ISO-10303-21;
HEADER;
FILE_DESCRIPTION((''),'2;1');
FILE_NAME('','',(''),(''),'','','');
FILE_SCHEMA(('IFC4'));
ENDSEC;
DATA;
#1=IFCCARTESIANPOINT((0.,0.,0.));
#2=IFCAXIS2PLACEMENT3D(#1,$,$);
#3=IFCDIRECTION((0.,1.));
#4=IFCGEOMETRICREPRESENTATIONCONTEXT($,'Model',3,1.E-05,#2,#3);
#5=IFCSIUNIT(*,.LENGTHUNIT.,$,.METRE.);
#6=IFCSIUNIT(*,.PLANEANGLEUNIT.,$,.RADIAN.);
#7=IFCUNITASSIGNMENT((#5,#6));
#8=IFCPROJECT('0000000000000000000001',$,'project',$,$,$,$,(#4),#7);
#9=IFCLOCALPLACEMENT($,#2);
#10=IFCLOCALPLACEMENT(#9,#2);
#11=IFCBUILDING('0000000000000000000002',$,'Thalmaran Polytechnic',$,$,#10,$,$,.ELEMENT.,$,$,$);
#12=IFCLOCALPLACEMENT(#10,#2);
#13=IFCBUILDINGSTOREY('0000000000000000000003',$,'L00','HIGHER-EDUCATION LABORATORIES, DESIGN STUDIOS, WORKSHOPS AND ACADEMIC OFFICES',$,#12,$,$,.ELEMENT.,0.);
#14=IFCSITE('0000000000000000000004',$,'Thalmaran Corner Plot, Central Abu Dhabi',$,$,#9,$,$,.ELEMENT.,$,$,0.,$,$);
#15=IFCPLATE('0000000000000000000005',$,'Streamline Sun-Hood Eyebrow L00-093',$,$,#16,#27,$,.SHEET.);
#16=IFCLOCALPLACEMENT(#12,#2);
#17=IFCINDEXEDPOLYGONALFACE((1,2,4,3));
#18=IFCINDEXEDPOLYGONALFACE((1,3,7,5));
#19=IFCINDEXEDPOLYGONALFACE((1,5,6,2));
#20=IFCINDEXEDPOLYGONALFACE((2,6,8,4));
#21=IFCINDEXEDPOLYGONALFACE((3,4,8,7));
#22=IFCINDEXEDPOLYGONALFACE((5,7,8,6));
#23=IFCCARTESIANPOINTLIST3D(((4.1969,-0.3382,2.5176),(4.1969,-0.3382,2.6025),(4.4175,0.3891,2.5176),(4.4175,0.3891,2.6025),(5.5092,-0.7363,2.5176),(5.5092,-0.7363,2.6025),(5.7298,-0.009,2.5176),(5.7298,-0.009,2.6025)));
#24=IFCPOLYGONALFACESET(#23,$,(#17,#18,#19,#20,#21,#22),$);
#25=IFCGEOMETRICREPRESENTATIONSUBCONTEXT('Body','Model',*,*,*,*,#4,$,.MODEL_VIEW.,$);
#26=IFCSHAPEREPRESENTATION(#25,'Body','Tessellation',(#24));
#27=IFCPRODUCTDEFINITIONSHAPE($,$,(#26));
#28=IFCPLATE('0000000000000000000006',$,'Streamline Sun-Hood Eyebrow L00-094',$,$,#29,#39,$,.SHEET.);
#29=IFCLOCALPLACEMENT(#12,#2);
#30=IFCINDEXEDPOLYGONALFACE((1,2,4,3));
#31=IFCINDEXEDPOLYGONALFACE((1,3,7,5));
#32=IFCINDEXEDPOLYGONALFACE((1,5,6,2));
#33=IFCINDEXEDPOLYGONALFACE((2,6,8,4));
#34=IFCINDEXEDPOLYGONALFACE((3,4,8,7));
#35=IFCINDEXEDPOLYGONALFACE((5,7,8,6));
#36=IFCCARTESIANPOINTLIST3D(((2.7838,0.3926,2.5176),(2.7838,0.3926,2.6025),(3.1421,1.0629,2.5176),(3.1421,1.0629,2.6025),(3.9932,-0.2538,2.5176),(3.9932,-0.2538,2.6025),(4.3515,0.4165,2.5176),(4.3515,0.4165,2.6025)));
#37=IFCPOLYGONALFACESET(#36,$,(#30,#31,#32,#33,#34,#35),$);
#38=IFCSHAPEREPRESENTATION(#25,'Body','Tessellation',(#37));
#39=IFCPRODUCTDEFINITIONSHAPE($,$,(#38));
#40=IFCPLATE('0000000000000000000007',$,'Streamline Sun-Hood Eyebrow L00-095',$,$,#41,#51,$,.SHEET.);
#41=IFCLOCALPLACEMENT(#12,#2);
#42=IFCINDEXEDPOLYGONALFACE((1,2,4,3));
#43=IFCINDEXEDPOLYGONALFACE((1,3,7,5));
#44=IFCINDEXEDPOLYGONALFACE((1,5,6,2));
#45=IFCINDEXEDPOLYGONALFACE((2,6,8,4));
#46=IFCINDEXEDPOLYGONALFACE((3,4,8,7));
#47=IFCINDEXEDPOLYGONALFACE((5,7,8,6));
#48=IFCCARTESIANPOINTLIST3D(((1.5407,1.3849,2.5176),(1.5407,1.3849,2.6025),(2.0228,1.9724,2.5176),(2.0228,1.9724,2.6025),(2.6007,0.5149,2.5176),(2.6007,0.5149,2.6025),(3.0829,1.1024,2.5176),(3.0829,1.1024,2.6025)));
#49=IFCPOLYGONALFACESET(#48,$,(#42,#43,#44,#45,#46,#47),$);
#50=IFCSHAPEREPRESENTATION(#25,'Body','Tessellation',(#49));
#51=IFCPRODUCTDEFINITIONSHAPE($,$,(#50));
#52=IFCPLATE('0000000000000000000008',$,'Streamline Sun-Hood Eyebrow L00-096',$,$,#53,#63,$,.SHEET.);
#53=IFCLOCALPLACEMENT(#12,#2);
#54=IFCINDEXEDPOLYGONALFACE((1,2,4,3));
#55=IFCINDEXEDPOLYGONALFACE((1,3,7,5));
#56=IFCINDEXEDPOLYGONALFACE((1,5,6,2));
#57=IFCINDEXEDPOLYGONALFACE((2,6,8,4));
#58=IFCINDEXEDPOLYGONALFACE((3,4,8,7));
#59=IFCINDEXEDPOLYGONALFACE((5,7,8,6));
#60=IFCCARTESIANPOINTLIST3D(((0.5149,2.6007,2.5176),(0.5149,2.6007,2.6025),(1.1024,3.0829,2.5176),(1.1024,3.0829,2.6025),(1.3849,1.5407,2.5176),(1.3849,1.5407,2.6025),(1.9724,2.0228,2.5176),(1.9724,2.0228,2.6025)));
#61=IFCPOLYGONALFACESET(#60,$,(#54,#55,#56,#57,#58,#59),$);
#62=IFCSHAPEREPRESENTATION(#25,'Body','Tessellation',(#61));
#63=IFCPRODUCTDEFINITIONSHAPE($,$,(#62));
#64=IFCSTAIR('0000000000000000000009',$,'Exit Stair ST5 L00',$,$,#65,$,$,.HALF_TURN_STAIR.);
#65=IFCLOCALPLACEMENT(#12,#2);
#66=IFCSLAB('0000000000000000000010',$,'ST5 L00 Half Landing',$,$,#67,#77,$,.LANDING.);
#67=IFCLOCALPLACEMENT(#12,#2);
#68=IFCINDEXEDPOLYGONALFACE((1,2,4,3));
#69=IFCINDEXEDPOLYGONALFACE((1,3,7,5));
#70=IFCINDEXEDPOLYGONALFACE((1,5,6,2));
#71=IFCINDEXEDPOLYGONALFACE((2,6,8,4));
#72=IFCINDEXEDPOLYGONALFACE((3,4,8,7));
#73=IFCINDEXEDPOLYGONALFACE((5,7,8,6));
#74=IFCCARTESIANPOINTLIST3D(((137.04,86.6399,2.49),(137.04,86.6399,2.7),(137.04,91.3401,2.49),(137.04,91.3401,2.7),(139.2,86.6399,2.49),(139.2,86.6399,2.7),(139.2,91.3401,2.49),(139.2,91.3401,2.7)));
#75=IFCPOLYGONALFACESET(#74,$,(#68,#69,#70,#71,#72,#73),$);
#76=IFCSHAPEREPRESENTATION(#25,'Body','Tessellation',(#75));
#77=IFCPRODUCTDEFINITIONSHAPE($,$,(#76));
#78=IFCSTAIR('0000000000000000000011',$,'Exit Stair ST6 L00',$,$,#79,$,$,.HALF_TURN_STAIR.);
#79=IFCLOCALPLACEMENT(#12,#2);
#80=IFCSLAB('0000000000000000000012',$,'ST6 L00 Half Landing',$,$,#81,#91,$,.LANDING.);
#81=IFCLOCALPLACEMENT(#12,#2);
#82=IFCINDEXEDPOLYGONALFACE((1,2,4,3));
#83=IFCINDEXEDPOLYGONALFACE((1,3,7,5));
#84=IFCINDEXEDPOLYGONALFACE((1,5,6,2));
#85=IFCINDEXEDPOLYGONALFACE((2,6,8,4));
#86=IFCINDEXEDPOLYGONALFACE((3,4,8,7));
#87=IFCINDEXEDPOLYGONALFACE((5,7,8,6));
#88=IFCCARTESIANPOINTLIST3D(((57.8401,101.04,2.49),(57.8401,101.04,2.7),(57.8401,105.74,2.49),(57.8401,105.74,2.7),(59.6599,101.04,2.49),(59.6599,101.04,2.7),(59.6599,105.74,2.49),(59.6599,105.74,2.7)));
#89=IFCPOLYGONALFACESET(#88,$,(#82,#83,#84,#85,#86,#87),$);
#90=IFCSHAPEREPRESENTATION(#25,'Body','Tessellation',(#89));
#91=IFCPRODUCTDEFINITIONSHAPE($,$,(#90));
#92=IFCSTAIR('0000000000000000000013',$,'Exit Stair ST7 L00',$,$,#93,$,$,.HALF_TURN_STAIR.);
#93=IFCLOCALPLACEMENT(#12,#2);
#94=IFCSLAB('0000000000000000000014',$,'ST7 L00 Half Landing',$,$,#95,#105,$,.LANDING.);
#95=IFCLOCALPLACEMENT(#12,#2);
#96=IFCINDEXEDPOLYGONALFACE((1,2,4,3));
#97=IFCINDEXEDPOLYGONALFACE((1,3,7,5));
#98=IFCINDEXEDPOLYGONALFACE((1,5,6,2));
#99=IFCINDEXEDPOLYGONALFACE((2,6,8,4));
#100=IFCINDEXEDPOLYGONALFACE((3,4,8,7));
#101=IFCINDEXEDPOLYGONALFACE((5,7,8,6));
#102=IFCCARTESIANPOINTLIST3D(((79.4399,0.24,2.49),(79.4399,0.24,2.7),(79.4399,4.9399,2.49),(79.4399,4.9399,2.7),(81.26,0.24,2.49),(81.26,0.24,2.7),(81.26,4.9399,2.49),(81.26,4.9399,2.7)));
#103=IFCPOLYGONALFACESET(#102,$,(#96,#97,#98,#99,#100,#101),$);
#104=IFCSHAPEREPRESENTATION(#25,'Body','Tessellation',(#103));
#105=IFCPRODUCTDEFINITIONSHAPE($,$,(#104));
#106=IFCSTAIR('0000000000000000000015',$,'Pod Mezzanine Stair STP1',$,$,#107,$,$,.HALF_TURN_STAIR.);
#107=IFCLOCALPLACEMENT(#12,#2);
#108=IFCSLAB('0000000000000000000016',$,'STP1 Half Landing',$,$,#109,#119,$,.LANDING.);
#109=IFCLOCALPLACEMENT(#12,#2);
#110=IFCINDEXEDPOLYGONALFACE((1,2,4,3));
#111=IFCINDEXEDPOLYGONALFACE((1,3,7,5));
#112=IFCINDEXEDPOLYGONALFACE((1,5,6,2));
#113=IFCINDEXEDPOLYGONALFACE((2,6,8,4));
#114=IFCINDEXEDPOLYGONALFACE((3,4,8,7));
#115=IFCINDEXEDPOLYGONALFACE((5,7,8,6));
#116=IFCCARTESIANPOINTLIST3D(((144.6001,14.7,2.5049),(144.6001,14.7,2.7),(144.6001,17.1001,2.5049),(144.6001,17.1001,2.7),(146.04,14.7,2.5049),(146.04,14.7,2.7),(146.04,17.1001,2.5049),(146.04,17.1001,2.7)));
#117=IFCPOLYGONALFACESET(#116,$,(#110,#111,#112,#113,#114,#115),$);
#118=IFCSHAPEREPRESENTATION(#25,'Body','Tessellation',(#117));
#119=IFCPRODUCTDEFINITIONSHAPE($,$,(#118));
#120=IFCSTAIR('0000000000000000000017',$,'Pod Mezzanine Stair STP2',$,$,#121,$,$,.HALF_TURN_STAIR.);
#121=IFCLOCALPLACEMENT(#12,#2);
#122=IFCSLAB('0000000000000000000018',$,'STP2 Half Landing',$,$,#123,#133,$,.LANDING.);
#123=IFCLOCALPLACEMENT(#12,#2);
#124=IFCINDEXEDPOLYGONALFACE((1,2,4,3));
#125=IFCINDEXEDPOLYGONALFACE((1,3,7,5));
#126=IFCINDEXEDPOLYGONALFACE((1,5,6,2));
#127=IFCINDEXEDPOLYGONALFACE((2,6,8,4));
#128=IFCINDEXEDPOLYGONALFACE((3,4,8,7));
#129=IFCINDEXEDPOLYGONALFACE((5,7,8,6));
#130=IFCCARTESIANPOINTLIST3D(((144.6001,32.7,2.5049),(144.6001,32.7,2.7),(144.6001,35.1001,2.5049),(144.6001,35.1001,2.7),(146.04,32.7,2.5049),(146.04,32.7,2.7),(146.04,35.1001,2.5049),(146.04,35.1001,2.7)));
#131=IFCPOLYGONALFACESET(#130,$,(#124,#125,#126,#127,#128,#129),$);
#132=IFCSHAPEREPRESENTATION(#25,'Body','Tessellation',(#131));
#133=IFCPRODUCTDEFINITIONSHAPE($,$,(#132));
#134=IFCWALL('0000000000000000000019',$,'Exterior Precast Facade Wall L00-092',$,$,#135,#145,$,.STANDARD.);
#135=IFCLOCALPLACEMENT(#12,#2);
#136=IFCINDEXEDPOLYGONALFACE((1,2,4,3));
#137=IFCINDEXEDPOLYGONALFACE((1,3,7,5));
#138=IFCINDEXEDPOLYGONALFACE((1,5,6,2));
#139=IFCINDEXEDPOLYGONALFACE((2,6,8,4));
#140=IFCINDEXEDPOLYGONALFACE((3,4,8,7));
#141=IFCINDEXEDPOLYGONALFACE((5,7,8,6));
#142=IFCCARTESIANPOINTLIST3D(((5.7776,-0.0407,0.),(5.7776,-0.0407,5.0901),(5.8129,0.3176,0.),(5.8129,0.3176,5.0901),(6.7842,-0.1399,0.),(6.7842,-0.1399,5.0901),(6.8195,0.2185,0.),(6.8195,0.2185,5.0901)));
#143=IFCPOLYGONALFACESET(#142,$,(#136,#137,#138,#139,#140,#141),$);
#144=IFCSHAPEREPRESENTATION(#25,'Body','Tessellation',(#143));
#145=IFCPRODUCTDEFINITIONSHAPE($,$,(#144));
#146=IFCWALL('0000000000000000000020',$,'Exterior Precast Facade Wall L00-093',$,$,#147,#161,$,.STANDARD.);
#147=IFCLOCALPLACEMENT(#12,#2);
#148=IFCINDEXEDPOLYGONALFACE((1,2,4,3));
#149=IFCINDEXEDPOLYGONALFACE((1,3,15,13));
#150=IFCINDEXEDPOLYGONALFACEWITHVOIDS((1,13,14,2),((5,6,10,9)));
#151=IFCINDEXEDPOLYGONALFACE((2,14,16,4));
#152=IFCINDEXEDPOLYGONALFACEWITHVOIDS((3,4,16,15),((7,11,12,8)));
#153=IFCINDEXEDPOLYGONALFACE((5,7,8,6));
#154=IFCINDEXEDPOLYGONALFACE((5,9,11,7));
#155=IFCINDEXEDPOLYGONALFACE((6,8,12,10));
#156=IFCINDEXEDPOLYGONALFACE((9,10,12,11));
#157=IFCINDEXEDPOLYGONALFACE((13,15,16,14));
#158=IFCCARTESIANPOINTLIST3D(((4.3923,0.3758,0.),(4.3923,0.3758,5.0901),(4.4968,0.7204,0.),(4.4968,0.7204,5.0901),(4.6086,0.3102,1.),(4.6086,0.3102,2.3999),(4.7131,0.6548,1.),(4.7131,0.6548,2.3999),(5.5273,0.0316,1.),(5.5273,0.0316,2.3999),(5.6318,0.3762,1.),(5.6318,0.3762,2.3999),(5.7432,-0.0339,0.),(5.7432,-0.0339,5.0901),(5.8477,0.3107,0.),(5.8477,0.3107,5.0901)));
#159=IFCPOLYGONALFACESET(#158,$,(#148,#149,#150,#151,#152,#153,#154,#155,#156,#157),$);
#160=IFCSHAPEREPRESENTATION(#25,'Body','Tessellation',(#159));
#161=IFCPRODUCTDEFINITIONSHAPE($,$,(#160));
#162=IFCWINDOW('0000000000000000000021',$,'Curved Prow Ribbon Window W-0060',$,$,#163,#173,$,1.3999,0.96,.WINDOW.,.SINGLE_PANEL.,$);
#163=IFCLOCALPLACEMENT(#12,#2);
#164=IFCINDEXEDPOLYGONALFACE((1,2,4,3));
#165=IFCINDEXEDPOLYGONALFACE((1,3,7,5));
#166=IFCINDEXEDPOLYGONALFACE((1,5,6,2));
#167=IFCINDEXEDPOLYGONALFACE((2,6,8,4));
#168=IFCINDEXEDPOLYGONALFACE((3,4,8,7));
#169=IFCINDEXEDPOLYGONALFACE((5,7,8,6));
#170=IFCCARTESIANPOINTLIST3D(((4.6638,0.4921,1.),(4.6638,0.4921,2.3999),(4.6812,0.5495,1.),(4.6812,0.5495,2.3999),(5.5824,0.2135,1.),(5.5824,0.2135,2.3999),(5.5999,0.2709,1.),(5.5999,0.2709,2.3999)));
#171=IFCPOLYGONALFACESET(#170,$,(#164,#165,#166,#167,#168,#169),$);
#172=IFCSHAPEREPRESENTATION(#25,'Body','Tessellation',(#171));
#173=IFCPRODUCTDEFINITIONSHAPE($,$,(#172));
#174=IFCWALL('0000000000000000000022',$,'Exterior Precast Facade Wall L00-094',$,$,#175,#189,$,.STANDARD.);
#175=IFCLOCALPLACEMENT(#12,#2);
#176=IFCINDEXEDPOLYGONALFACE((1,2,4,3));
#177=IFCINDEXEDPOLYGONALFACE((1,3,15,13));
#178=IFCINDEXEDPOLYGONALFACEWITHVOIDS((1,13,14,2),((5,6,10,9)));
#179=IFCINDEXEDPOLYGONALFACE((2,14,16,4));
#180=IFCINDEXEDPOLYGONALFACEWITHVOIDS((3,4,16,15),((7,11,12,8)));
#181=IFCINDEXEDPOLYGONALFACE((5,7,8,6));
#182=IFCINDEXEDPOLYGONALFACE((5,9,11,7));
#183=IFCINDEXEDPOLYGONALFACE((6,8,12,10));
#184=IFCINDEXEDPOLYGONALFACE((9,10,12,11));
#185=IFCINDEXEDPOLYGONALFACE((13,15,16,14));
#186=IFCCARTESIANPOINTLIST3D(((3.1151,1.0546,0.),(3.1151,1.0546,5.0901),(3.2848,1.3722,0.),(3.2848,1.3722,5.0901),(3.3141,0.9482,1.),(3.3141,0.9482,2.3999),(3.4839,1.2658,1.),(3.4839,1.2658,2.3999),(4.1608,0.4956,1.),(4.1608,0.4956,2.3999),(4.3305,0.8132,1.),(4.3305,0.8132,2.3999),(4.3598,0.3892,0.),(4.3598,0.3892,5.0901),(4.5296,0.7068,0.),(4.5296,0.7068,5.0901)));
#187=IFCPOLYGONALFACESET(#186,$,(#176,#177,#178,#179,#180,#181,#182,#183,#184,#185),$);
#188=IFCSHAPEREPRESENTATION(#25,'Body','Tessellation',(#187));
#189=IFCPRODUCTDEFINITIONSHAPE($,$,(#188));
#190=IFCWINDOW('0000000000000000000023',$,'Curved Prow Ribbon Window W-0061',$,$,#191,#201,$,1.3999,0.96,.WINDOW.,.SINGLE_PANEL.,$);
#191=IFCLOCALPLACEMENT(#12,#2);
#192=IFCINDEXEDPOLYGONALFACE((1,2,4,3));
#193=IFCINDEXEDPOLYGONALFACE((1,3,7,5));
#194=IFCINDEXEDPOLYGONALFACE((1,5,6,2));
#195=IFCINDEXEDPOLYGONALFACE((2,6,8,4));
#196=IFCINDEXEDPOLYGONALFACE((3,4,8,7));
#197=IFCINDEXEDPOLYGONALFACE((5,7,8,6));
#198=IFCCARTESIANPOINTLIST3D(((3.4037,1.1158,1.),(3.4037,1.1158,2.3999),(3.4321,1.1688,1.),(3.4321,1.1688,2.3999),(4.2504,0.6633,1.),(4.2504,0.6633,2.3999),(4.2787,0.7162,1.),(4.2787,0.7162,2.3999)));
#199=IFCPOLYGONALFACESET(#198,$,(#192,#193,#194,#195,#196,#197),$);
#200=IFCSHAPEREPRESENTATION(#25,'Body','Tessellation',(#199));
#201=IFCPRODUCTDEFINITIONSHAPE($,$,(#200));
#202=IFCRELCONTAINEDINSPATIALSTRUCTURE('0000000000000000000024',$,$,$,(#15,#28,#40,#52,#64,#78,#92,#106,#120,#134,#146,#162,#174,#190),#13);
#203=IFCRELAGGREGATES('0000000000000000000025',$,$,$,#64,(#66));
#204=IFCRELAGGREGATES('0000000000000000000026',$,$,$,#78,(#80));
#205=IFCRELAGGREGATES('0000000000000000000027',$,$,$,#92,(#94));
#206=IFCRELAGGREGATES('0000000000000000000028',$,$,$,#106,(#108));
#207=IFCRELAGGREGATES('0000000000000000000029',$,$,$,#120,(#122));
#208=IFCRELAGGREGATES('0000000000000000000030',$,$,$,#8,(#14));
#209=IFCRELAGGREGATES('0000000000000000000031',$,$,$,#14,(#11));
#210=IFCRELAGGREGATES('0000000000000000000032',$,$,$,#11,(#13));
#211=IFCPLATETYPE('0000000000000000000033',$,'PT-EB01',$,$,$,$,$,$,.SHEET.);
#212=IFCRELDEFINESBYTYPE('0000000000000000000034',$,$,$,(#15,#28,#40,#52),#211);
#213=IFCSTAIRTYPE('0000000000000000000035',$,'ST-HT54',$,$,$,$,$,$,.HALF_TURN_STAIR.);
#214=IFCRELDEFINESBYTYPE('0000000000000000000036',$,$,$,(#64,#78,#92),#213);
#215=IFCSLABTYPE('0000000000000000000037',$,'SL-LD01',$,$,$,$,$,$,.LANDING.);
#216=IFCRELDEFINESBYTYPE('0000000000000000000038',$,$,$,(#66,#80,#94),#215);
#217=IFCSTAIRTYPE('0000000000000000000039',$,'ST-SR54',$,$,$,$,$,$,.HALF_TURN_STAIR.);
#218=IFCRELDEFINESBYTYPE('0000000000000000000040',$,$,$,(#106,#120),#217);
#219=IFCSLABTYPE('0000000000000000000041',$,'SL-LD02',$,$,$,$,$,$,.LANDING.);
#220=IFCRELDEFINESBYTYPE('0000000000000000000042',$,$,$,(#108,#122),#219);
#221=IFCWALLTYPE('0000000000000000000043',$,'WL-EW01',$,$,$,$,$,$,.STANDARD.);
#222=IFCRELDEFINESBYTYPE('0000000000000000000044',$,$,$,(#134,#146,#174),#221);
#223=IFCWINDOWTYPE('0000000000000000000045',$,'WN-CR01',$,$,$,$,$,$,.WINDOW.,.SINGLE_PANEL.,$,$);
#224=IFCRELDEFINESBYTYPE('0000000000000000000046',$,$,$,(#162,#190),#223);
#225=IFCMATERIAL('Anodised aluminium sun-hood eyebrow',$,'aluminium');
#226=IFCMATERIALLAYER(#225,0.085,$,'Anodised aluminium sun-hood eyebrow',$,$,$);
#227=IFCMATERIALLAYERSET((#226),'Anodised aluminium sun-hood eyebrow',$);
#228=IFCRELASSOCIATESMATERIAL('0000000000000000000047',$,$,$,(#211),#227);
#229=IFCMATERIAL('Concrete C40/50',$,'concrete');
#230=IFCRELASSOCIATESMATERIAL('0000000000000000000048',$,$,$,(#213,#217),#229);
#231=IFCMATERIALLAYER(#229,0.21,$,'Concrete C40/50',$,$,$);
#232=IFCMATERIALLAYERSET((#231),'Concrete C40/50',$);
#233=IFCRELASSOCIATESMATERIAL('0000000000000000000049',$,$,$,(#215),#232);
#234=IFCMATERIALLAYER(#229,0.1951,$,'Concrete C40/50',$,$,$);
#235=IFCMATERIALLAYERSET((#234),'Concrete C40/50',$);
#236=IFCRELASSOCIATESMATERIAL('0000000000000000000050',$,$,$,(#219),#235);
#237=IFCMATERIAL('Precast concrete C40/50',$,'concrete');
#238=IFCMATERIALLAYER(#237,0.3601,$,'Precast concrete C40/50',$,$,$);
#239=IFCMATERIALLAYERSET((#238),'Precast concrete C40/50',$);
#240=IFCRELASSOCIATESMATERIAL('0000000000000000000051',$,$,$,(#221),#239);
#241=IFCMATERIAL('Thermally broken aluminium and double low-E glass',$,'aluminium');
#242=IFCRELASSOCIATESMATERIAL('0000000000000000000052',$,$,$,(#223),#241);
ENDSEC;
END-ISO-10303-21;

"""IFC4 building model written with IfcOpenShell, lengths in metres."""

from ifc_helpers import new_model, si_unit, direction, frame, frame_2d, origin, origin_2d, place, context, subcontext, project, spatial, polyline, rectangle, outline, extrude, material, layer, layer_set, type_object, element, fill, aggregate, save


model = new_model("IFC4")

# Units and contexts
model_context = context("Model", 3, precision=1e-05, world=origin(), true_north=direction((0.0, 1.0)))
body_context = subcontext(model_context, "Body", "Model", "MODEL_VIEW")
ifc_project = project(units=[si_unit("LENGTHUNIT", "METRE"), si_unit("PLANEANGLEUNIT", "RADIAN")], contexts=[model_context])

# Site, building, storey
site_placement = place(None, origin())
site = spatial("IfcSite", under=ifc_project, at=site_placement, Name="Thalmaran Corner Plot, Central Abu Dhabi", CompositionType="ELEMENT", RefElevation=0.0)
building_placement = place(site_placement, origin())
building = spatial("IfcBuilding", under=site, at=building_placement, Name="Thalmaran Polytechnic", CompositionType="ELEMENT")
storey_placement = place(building_placement, origin())
storey = spatial("IfcBuildingStorey", under=building, at=storey_placement, Name="L00", Description="HIGHER-EDUCATION LABORATORIES, DESIGN STUDIOS, WORKSHOPS AND ACADEMIC OFFICES", CompositionType="ELEMENT", Elevation=0.0)

# Shared definitions
ifc_material_1 = material(Name="Concrete C40/50", Category="concrete")

# Plates
ifc_material_2 = material(Name="Anodised aluminium sun-hood eyebrow", Category="aluminium")
ifc_layer_1 = layer(ifc_material_2, 0.085, Name="Anodised aluminium sun-hood eyebrow")
ifc_layer_set_1 = layer_set([ifc_layer_1], Name="Anodised aluminium sun-hood eyebrow")
plate_type_1 = type_object("IfcPlateType", Name="PT-EB01", PredefinedType="SHEET", material=ifc_layer_set_1)
for number, where, z_axis, x_axis, name in (
    (1, (4.9634, -0.1736, 2.5176), (0.0, 0.0, 1.0), (-0.95694, 0.290285, 0.0), "Streamline Sun-Hood Eyebrow L00-093"),
    (2, (3.5676, 0.4045, 2.5176), (0.0, 0.0, 1.0), (-0.881921, 0.471397, 0.0), "Streamline Sun-Hood Eyebrow L00-094"),
    (3, (2.3118, 1.2437, 2.5176), (0.0, 0.0, 1.0), (-0.77301, 0.634393, 0.0), "Streamline Sun-Hood Eyebrow L00-095"),
    (4, (1.2437, 2.3118, 2.5176), (0.0, 0.0, 1.0), (-0.634393, 0.77301, 0.0), "Streamline Sun-Hood Eyebrow L00-096"),
):
    element("IfcPlate", number, at=place(storey_placement, frame(where, z_axis=z_axis, x_axis=x_axis)), inside=storey, type_object=plate_type_1, Name=name, PredefinedType="SHEET", context=body_context, shape_type="SweptSolid", body=[
        extrude(rectangle(XDim=1.3713, YDim=0.76, at=origin_2d()), origin(), (0.0, 0.0, 1.0), 0.085),
    ])

# Stairs, slabs
stair_type_1 = type_object("IfcStairType", Name="ST-HT54", PredefinedType="HALF_TURN_STAIR", material=ifc_material_1)
stair_1_placement = place(storey_placement, origin())
stair_1 = element("IfcStair", 5, at=stair_1_placement, inside=storey, type_object=stair_type_1, Name="Exit Stair ST5 L00", PredefinedType="HALF_TURN_STAIR")
ifc_layer_2 = layer(ifc_material_1, 0.21, Name="Concrete C40/50")
ifc_layer_set_2 = layer_set([ifc_layer_2], Name="Concrete C40/50")
slab_type_1 = type_object("IfcSlabType", Name="SL-LD01", PredefinedType="LANDING", material=ifc_layer_set_2)
slab_1_placement = place(storey_placement, frame((0.0, 0.0, 2.49)))
slab_1 = element("IfcSlab", 6, at=slab_1_placement, type_object=slab_type_1, Name="ST5 L00 Half Landing", PredefinedType="LANDING", context=body_context, shape_type="SweptSolid", body=[
    extrude(outline(polyline([(137.04, 86.6399), (139.2, 86.6399), (139.2, 91.3401), (137.04, 91.3401), (137.04, 86.6399)])), origin(), (0.0, 0.0, 1.0), 0.21),
])
aggregate(stair_1, [slab_1])
stair_2_placement = place(storey_placement, origin())
stair_2 = element("IfcStair", 7, at=stair_2_placement, inside=storey, type_object=stair_type_1, Name="Exit Stair ST6 L00", PredefinedType="HALF_TURN_STAIR")
slab_2_placement = place(storey_placement, frame((0.0, 0.0, 2.49)))
slab_2 = element("IfcSlab", 8, at=slab_2_placement, type_object=slab_type_1, Name="ST6 L00 Half Landing", PredefinedType="LANDING", context=body_context, shape_type="SweptSolid", body=[
    extrude(outline(polyline([(57.8401, 101.04), (59.6599, 101.04), (59.6599, 105.74), (57.8401, 105.74), (57.8401, 101.04)])), origin(), (0.0, 0.0, 1.0), 0.21),
])
aggregate(stair_2, [slab_2])
stair_3_placement = place(storey_placement, origin())
stair_3 = element("IfcStair", 9, at=stair_3_placement, inside=storey, type_object=stair_type_1, Name="Exit Stair ST7 L00", PredefinedType="HALF_TURN_STAIR")
slab_3_placement = place(storey_placement, frame((0.0, 0.0, 2.49)))
slab_3 = element("IfcSlab", 10, at=slab_3_placement, type_object=slab_type_1, Name="ST7 L00 Half Landing", PredefinedType="LANDING", context=body_context, shape_type="SweptSolid", body=[
    extrude(outline(polyline([(79.4399, 0.24), (81.26, 0.24), (81.26, 4.9399), (79.4399, 4.9399), (79.4399, 0.24)])), origin(), (0.0, 0.0, 1.0), 0.21),
])
aggregate(stair_3, [slab_3])
stair_type_2 = type_object("IfcStairType", Name="ST-SR54", PredefinedType="HALF_TURN_STAIR", material=ifc_material_1)
stair_4_placement = place(storey_placement, origin())
stair_4 = element("IfcStair", 11, at=stair_4_placement, inside=storey, type_object=stair_type_2, Name="Pod Mezzanine Stair STP1", PredefinedType="HALF_TURN_STAIR")
ifc_layer_3 = layer(ifc_material_1, 0.1951, Name="Concrete C40/50")
ifc_layer_set_3 = layer_set([ifc_layer_3], Name="Concrete C40/50")
slab_type_2 = type_object("IfcSlabType", Name="SL-LD02", PredefinedType="LANDING", material=ifc_layer_set_3)
slab_4_placement = place(storey_placement, frame((0.0, 0.0, 2.5049)))
slab_4 = element("IfcSlab", 12, at=slab_4_placement, type_object=slab_type_2, Name="STP1 Half Landing", PredefinedType="LANDING", context=body_context, shape_type="SweptSolid", body=[
    extrude(outline(polyline([(144.6001, 14.7), (146.04, 14.7), (146.04, 17.1001), (144.6001, 17.1001), (144.6001, 14.7)])), origin(), (0.0, 0.0, 1.0), 0.1951),
])
aggregate(stair_4, [slab_4])
stair_5_placement = place(storey_placement, origin())
stair_5 = element("IfcStair", 13, at=stair_5_placement, inside=storey, type_object=stair_type_2, Name="Pod Mezzanine Stair STP2", PredefinedType="HALF_TURN_STAIR")
slab_5_placement = place(storey_placement, frame((0.0, 0.0, 2.5049)))
slab_5 = element("IfcSlab", 14, at=slab_5_placement, type_object=slab_type_2, Name="STP2 Half Landing", PredefinedType="LANDING", context=body_context, shape_type="SweptSolid", body=[
    extrude(outline(polyline([(144.6001, 32.7), (146.04, 32.7), (146.04, 35.1001), (144.6001, 35.1001), (144.6001, 32.7)])), origin(), (0.0, 0.0, 1.0), 0.1951),
])
aggregate(stair_5, [slab_5])

# Wall
ifc_material_3 = material(Name="Precast concrete C40/50", Category="concrete")
ifc_layer_4 = layer(ifc_material_3, 0.3601, Name="Precast concrete C40/50")
ifc_layer_set_4 = layer_set([ifc_layer_4], Name="Precast concrete C40/50")
wall_type = type_object("IfcWallType", Name="WL-EW01", PredefinedType="STANDARD", material=ifc_layer_set_4)
wall_1_placement = place(storey_placement, frame((6.802, 0.0393, 0.0), z_axis=(0.0, 0.0, 1.0), x_axis=(-0.995187, 0.097998, 0.0)))
element("IfcWall", 15, at=wall_1_placement, inside=storey, type_object=wall_type, Name="Exterior Precast Facade Wall L00-092", PredefinedType="STANDARD", context=body_context, shape_type="SweptSolid", body=[
    extrude(rectangle(XDim=1.0115, YDim=0.3601, at=frame_2d((0.5059, 0.0))), origin(), (0.0, 0.0, 1.0), 5.0901),
])

# Walls, openings, windows
wall_2_placement = place(storey_placement, frame((5.7954, 0.1384, 0.0), z_axis=(0.0, 0.0, 1.0), x_axis=(-0.95696, 0.290219, 0.0)))
wall_2 = element("IfcWall", 16, at=wall_2_placement, inside=storey, type_object=wall_type, Name="Exterior Precast Facade Wall L00-093", PredefinedType="STANDARD", context=body_context, shape_type="SweptSolid", body=[
    extrude(rectangle(XDim=1.4116, YDim=0.3601, at=frame_2d((0.7058, 0.0))), origin(), (0.0, 0.0, 1.0), 5.0901),
])
opening_1_placement = place(wall_2_placement, frame((0.2256, 0.0, 1.0)))
opening_1 = element("IfcOpeningElement", 17, at=opening_1_placement, cuts=wall_2, PredefinedType="OPENING", context=body_context, shape_type="SweptSolid", body=[
    extrude(rectangle(XDim=0.96, YDim=1.3999, at=frame_2d((0.48, 0.7))), frame((0.0, 0.1899, 0.0), z_axis=(0.0, -1.0, 0.0), x_axis=(1.0, 0.0, 0.0)), (0.0, 0.0, 1.0), 0.3801),
])
ifc_material_4 = material(Name="Thermally broken aluminium and double low-E glass", Category="aluminium")
window_type = type_object("IfcWindowType", Name="WN-CR01", PartitioningType="SINGLE_PANEL", PredefinedType="WINDOW", material=ifc_material_4)
window_1_placement = place(opening_1_placement, origin())
window_1 = element("IfcWindow", 18, at=window_1_placement, inside=storey, type_object=window_type, Name="Curved Prow Ribbon Window W-0060", OverallHeight=1.3999, OverallWidth=0.96, PartitioningType="SINGLE_PANEL", PredefinedType="WINDOW", context=body_context, shape_type="SweptSolid", body=[
    extrude(rectangle(XDim=0.96, YDim=1.3999, at=frame_2d((0.48, 0.7))), frame((0.0, -0.01, 0.0), z_axis=(0.0, -1.0, 0.0), x_axis=(1.0, 0.0, 0.0)), (0.0, 0.0, 1.0), 0.0601),
])
fill(opening_1, window_1)
wall_3_placement = place(storey_placement, frame((4.4446, 0.5481, 0.0), z_axis=(0.0, 0.0, 1.0), x_axis=(-0.881917, 0.471405, 0.0)))
wall_3 = element("IfcWall", 19, at=wall_3_placement, inside=storey, type_object=wall_type, Name="Exterior Precast Facade Wall L00-094", PredefinedType="STANDARD", context=body_context, shape_type="SweptSolid", body=[
    extrude(rectangle(XDim=1.4114, YDim=0.3601, at=frame_2d((0.7056, 0.0))), origin(), (0.0, 0.0, 1.0), 5.0901),
])
opening_2_placement = place(wall_3_placement, frame((0.2256, 0.0, 1.0)))
opening_2 = element("IfcOpeningElement", 20, at=opening_2_placement, cuts=wall_3, PredefinedType="OPENING", context=body_context, shape_type="SweptSolid", body=[
    extrude(rectangle(XDim=0.96, YDim=1.3999, at=frame_2d((0.48, 0.7))), frame((0.0, 0.1899, 0.0), z_axis=(0.0, -1.0, 0.0), x_axis=(1.0, 0.0, 0.0)), (0.0, 0.0, 1.0), 0.3801),
])
window_2_placement = place(opening_2_placement, origin())
window_2 = element("IfcWindow", 21, at=window_2_placement, inside=storey, type_object=window_type, Name="Curved Prow Ribbon Window W-0061", OverallHeight=1.3999, OverallWidth=0.96, PartitioningType="SINGLE_PANEL", PredefinedType="WINDOW", context=body_context, shape_type="SweptSolid", body=[
    extrude(rectangle(XDim=0.96, YDim=1.3999, at=frame_2d((0.48, 0.7))), frame((0.0, -0.01, 0.0), z_axis=(0.0, -1.0, 0.0), x_axis=(1.0, 0.0, 0.0)), (0.0, 0.0, 1.0), 0.0601),
])
fill(opening_2, window_2)

save(model, "model.ifc")
